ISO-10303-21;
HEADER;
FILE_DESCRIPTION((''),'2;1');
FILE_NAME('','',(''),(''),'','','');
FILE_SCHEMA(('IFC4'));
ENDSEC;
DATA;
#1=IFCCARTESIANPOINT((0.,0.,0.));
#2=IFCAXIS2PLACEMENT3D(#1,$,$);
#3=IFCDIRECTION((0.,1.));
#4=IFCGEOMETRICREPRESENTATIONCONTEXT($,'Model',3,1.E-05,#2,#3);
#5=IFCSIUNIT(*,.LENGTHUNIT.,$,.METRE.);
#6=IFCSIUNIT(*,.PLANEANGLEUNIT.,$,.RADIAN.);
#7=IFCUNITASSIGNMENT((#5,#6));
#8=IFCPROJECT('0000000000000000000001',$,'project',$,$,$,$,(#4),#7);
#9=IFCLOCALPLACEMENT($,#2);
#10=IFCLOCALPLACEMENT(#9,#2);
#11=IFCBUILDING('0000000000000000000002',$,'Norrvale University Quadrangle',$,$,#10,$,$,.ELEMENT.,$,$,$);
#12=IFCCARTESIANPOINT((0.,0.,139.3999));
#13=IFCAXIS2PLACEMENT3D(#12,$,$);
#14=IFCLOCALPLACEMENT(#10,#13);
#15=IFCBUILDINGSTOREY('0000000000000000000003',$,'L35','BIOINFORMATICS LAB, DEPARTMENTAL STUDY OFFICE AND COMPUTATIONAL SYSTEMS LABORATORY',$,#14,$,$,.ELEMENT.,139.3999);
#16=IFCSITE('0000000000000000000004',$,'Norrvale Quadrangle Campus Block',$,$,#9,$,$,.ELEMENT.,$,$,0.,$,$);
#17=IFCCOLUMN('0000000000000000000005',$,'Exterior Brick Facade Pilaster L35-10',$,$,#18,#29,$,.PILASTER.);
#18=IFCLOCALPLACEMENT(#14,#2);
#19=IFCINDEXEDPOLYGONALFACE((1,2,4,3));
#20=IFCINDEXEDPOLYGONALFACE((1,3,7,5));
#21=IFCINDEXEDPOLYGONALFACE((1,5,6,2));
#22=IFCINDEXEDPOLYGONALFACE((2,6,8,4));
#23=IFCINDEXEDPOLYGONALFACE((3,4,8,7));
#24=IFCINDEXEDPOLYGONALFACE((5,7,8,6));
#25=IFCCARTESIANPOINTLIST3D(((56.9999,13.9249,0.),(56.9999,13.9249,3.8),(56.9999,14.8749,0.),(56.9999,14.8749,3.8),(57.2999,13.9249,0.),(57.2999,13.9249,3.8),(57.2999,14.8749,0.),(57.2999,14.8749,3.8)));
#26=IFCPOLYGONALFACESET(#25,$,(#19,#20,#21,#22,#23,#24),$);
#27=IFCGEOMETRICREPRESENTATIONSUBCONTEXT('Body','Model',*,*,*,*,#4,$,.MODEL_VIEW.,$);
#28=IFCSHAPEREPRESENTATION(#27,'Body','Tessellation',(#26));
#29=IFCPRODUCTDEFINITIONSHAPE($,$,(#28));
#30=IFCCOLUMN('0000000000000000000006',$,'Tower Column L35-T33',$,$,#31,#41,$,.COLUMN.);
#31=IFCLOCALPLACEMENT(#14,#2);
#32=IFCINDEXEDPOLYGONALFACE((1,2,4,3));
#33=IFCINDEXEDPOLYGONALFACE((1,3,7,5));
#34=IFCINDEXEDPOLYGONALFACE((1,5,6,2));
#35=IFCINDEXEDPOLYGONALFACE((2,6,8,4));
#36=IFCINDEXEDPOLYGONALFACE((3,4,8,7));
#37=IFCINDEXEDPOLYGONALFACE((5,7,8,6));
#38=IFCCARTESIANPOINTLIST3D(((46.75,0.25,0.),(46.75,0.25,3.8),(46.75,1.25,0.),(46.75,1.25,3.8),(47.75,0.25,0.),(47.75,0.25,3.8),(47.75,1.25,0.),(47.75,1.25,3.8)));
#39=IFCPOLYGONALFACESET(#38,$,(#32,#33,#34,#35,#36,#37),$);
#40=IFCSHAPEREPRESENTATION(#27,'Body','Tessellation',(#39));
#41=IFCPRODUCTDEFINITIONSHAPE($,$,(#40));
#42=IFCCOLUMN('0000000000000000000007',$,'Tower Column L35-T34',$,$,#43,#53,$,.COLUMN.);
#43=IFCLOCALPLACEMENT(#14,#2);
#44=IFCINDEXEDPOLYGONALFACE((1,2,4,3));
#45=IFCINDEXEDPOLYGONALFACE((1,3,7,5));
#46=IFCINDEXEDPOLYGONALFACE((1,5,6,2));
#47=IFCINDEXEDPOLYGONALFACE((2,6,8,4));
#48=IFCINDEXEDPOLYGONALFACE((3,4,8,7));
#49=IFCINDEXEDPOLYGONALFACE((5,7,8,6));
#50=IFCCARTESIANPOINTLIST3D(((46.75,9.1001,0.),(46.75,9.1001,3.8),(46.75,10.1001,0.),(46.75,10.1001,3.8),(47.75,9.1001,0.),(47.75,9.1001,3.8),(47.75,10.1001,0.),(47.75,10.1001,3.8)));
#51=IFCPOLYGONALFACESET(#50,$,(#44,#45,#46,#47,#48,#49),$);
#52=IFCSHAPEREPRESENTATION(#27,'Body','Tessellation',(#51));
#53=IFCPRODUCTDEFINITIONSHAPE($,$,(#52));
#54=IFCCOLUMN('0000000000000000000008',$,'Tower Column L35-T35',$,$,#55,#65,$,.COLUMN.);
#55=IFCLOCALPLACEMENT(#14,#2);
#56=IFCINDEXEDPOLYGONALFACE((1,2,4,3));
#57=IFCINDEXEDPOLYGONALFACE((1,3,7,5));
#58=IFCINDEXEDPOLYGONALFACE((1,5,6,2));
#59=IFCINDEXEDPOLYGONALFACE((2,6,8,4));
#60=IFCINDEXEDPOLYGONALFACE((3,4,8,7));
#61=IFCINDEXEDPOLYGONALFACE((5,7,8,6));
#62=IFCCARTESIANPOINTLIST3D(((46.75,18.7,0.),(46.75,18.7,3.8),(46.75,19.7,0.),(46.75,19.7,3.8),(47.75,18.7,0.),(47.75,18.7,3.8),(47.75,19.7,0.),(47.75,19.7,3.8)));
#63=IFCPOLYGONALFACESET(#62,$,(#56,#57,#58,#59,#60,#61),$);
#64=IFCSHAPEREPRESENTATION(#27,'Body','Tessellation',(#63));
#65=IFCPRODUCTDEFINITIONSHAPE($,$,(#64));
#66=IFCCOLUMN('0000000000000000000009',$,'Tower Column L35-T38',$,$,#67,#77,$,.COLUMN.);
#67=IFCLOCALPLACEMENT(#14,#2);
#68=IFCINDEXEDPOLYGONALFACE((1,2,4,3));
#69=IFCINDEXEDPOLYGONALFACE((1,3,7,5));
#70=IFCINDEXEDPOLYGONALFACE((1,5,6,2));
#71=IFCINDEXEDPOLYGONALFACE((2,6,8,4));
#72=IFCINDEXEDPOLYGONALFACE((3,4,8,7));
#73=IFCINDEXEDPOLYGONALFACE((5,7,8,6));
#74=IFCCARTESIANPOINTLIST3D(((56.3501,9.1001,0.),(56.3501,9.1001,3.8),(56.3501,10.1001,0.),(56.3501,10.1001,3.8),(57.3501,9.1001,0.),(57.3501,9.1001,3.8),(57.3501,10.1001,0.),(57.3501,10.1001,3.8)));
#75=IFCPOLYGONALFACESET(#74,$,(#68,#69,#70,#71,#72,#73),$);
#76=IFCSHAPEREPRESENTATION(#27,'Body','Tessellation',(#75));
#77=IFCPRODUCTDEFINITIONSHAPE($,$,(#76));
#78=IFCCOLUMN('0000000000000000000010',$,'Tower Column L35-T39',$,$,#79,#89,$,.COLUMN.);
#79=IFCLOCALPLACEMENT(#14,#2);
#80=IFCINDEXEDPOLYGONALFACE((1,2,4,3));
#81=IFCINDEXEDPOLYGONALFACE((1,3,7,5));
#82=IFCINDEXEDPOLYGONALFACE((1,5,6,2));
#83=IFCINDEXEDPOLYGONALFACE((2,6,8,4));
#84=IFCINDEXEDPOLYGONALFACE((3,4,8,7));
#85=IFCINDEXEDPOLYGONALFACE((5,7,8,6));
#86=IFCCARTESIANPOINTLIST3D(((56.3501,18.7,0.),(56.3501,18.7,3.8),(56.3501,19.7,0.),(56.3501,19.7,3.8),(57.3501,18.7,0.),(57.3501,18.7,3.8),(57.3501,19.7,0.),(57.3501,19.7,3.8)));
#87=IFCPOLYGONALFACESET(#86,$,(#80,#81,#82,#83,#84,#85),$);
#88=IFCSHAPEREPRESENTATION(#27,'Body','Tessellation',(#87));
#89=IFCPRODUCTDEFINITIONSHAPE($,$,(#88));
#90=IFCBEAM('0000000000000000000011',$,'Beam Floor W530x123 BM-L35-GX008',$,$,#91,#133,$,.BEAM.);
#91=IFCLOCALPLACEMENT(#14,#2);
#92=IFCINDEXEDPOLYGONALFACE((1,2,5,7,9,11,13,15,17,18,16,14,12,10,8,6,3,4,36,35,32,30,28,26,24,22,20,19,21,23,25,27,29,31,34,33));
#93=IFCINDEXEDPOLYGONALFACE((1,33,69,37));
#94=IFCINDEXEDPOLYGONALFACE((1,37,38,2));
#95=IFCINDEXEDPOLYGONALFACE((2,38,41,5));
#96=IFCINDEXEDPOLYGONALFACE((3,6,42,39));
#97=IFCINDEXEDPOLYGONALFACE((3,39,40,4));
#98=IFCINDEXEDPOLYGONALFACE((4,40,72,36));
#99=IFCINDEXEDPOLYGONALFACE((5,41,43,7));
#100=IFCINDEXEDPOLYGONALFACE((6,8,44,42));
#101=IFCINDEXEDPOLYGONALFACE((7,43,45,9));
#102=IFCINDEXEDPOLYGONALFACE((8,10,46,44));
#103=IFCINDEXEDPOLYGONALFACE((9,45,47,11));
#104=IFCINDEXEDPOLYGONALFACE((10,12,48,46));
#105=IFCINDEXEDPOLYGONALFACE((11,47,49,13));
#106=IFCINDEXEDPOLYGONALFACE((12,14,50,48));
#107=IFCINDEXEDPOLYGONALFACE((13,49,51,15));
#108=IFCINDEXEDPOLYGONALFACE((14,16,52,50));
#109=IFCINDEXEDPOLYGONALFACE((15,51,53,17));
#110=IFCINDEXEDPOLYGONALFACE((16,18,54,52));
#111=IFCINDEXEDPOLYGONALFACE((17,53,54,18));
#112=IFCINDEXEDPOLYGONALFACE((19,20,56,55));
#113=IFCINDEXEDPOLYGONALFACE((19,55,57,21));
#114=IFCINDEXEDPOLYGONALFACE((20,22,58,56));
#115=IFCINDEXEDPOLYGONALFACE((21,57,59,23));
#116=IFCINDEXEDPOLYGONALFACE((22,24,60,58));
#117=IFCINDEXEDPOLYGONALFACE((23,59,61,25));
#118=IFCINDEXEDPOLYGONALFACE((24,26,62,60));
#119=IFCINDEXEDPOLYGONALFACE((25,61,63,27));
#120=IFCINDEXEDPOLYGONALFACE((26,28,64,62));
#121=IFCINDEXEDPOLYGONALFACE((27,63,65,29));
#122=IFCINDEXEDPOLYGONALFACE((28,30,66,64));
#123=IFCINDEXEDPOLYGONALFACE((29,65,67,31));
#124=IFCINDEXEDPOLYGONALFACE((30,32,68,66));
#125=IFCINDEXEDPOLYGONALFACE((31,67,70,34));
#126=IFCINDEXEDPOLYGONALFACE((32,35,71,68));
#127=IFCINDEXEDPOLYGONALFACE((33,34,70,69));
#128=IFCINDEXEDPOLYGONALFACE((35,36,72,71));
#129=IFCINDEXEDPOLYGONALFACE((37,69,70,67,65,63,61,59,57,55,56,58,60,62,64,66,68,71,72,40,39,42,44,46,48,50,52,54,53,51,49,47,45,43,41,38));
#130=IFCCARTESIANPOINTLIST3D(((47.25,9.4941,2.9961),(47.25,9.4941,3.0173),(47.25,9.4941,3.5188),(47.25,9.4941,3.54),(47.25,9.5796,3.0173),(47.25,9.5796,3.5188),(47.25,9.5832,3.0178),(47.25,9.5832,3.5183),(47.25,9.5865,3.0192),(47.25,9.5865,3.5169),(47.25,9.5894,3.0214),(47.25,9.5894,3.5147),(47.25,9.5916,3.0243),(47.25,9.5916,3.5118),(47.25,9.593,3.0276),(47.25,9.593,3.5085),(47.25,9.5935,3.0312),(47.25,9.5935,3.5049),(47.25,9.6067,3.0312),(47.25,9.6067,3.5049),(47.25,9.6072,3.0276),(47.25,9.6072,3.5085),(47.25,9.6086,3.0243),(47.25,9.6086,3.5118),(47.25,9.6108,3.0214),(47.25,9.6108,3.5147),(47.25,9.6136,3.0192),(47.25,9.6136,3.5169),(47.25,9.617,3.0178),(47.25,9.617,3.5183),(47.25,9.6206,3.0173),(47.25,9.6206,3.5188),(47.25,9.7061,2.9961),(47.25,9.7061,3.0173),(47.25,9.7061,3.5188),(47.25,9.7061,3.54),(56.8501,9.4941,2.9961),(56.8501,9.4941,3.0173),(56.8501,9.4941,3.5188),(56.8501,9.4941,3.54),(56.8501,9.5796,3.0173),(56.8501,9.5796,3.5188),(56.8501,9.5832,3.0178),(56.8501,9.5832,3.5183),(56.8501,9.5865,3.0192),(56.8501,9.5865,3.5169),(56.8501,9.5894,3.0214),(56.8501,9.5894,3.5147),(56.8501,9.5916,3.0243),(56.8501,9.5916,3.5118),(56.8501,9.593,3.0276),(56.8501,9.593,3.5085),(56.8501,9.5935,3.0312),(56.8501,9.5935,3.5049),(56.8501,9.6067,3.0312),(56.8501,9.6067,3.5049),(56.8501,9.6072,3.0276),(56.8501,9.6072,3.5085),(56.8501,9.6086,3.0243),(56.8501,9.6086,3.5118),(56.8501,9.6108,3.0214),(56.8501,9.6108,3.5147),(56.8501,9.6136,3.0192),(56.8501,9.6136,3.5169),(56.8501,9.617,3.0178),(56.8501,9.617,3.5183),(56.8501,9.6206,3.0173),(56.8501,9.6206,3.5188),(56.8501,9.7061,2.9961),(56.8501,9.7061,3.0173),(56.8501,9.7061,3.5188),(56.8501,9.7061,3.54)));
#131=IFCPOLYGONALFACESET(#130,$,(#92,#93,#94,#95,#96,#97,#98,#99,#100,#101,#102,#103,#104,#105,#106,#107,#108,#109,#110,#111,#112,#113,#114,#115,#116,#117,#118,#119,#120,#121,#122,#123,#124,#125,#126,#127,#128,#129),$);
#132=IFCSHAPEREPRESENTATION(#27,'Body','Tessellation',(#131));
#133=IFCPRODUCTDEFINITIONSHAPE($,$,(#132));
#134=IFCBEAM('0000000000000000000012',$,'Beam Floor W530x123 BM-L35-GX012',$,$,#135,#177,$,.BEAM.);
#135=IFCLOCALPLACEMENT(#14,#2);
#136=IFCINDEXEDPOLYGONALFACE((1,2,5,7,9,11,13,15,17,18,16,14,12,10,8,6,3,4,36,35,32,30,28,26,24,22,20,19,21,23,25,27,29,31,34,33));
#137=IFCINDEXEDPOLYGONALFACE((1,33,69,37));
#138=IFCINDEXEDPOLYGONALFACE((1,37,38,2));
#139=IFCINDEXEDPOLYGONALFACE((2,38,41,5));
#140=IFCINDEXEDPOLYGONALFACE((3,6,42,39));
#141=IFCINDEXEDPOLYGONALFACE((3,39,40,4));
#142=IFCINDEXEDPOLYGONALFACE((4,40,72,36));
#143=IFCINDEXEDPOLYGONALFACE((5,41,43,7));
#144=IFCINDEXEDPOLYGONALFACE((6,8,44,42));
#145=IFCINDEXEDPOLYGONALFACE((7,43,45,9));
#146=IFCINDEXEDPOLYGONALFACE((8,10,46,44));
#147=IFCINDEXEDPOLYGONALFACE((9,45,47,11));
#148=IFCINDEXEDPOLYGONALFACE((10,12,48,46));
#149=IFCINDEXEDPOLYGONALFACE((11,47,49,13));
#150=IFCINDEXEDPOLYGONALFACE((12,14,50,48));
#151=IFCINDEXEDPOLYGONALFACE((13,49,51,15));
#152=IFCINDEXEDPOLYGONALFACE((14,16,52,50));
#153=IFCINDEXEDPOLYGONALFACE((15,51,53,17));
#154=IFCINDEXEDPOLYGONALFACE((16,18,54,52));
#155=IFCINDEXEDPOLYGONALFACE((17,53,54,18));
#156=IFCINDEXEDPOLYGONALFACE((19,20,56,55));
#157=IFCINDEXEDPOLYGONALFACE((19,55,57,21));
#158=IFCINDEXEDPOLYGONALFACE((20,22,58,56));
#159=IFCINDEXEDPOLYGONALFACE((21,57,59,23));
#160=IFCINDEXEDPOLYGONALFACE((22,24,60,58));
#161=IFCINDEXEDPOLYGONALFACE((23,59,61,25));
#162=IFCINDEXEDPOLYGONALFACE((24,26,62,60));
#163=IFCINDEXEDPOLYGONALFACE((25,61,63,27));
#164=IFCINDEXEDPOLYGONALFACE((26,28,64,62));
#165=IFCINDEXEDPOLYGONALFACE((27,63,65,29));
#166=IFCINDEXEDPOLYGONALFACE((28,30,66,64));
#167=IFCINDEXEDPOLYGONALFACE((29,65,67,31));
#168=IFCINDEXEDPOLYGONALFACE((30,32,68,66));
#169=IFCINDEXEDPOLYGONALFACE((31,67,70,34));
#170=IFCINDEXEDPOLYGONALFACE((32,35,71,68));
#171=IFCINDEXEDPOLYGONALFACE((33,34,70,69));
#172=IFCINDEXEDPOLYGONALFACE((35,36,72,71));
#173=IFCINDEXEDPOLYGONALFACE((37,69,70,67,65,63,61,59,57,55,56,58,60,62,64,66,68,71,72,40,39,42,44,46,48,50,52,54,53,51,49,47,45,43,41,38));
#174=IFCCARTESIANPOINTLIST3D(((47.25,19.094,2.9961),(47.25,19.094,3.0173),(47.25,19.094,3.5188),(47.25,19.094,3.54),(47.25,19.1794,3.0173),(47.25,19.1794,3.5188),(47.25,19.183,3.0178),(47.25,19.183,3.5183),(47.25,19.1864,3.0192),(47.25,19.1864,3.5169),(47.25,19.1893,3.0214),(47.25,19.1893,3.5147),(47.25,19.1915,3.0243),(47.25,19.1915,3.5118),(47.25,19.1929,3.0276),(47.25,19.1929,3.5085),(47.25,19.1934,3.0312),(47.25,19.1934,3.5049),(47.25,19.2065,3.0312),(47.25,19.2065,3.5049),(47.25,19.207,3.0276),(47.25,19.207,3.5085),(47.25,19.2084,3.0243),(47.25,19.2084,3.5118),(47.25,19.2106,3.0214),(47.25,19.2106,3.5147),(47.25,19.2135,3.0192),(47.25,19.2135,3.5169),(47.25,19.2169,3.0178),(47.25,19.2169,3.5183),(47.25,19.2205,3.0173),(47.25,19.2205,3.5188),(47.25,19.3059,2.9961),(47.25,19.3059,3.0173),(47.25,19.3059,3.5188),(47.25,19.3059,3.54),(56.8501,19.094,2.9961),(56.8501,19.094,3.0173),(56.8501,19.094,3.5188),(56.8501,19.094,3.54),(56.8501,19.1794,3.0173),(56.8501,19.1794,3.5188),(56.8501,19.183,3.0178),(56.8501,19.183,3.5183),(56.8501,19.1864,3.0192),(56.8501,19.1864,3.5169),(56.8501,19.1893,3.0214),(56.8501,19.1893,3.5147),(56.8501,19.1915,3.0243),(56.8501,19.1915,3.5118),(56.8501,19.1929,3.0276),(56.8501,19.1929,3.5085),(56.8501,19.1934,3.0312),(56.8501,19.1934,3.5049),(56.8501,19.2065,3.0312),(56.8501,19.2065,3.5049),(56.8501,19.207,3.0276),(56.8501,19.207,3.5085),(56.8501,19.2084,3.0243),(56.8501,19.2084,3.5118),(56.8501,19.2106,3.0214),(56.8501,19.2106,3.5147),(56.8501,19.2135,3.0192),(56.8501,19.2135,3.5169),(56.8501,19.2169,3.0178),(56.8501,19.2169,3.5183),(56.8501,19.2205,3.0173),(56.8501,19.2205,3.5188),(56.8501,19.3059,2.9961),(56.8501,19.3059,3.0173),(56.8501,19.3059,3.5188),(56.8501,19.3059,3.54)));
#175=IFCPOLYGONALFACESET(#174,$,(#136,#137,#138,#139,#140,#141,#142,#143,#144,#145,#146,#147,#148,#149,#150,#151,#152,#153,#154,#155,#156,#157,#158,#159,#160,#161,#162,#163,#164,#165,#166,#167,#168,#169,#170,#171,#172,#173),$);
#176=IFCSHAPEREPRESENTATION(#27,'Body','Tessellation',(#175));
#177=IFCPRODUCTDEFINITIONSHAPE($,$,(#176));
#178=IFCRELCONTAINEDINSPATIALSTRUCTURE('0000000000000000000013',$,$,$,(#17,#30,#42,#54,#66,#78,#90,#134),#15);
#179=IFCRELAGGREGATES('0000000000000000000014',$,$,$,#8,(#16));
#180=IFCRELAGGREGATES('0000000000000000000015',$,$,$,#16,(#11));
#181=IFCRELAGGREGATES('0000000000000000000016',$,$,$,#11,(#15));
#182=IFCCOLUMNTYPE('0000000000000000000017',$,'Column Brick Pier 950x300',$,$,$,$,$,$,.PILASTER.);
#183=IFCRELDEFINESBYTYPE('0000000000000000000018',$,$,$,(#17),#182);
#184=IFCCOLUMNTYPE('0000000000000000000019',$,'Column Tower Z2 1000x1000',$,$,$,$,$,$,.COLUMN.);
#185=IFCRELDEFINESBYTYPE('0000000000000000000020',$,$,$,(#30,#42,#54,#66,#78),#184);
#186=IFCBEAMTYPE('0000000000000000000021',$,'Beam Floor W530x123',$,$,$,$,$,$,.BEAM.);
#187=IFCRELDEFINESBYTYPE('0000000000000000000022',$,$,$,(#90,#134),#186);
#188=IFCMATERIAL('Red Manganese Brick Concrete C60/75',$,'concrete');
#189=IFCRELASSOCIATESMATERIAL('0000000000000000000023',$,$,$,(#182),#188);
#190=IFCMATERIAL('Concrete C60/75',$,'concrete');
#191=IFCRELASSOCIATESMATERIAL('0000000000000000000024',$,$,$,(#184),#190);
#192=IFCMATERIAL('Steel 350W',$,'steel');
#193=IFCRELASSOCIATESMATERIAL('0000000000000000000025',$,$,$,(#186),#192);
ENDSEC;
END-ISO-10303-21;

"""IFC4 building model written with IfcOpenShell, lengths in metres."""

from ifc_helpers import new_model, si_unit, direction, frame, origin, origin_2d, place, context, subcontext, project, spatial, rectangle, i_section, extrude, material, material_profile, profile_set, type_object, element, save


model = new_model("IFC4")

# Units and contexts
model_context = context("Model", 3, precision=1e-05, world=origin(), true_north=direction((0.0, 1.0)))
body_context = subcontext(model_context, "Body", "Model", "MODEL_VIEW")
ifc_project = project(units=[si_unit("LENGTHUNIT", "METRE"), si_unit("PLANEANGLEUNIT", "RADIAN")], contexts=[model_context])

# Site, building, storey
site_placement = place(None, origin())
site = spatial("IfcSite", under=ifc_project, at=site_placement, Name="Norrvale Quadrangle Campus Block", CompositionType="ELEMENT", RefElevation=0.0)
building_placement = place(site_placement, origin())
building = spatial("IfcBuilding", under=site, at=building_placement, Name="Norrvale University Quadrangle", CompositionType="ELEMENT")
storey_placement = place(building_placement, frame((0.0, 0.0, 139.3999)))
storey = spatial("IfcBuildingStorey", under=building, at=storey_placement, Name="L35", Description="BIOINFORMATICS LAB, DEPARTMENTAL STUDY OFFICE AND COMPUTATIONAL SYSTEMS LABORATORY", CompositionType="ELEMENT", Elevation=139.3999)

# Columns
ifc_material_1 = material(Name="Red Manganese Brick Concrete C60/75", Category="concrete")
ifc_material_profile_1 = material_profile(ifc_material_1, rectangle(XDim=0.95, YDim=0.3, at=origin_2d()), Name="Red Manganese Brick Concrete C60/75")
ifc_profile_set_1 = profile_set([ifc_material_profile_1], Name="Red Manganese Brick Concrete C60/75")
column_type_1 = type_object("IfcColumnType", Name="Column Brick Pier 950x300", PredefinedType="PILASTER", material=ifc_profile_set_1)
column_placement = place(storey_placement, frame((57.1499, 14.3999, 0.0), z_axis=(0.0, 0.0, 1.0), x_axis=(0.0, 1.0, 0.0)))
element("IfcColumn", 1, at=column_placement, inside=storey, type_object=column_type_1, Name="Exterior Brick Facade Pilaster L35-10", PredefinedType="PILASTER", context=body_context, shape_type="SweptSolid", body=[
    extrude(rectangle(XDim=0.95, YDim=0.3, at=origin_2d()), origin(), (0.0, 0.0, 1.0), 3.8),
])
ifc_material_2 = material(Name="Concrete C60/75", Category="concrete")
ifc_material_profile_2 = material_profile(ifc_material_2, rectangle(XDim=1.0, YDim=1.0, at=origin_2d()), Name="Concrete C60/75")
ifc_profile_set_2 = profile_set([ifc_material_profile_2], Name="Concrete C60/75")
column_type_2 = type_object("IfcColumnType", Name="Column Tower Z2 1000x1000", PredefinedType="COLUMN", material=ifc_profile_set_2)
for number, where, z_axis, x_axis, name in (
    (2, (47.25, 0.75, 0.0), (0.0, 0.0, 1.0), (1.0, 0.0, 0.0), "Tower Column L35-T33"),
    (3, (47.25, 9.6001, 0.0), (0.0, 0.0, 1.0), (1.0, 0.0, 0.0), "Tower Column L35-T34"),
    (4, (47.25, 19.2, 0.0), (0.0, 0.0, 1.0), (1.0, 0.0, 0.0), "Tower Column L35-T35"),
    (5, (56.8501, 9.6001, 0.0), (0.0, 0.0, 1.0), (1.0, 0.0, 0.0), "Tower Column L35-T38"),
    (6, (56.8501, 19.2, 0.0), (0.0, 0.0, 1.0), (1.0, 0.0, 0.0), "Tower Column L35-T39"),
):
    element("IfcColumn", number, at=place(storey_placement, frame(where, z_axis=z_axis, x_axis=x_axis)), inside=storey, type_object=column_type_2, Name=name, PredefinedType="COLUMN", context=body_context, shape_type="SweptSolid", body=[
        extrude(rectangle(XDim=1.0, YDim=1.0, at=origin_2d()), origin(), (0.0, 0.0, 1.0), 3.8),
    ])

# Beams
ifc_material_3 = material(Name="Steel 350W", Category="steel")
ifc_material_profile_3 = material_profile(ifc_material_3, i_section(OverallWidth=0.2119, OverallDepth=0.5439, WebThickness=0.0132, FlangeThickness=0.0212, FilletRadius=0.0139, at=origin_2d()), Name="Steel 350W")
ifc_profile_set_3 = profile_set([ifc_material_profile_3], Name="Steel 350W")
beam_type_1 = type_object("IfcBeamType", Name="Beam Floor W530x123", PredefinedType="BEAM", material=ifc_profile_set_3)
for number, where, z_axis, x_axis, name in (
    (7, (47.25, 9.6001, 3.2681), (1.0, 0.0, 0.0), (0.0, 1.0, 0.0), "Beam Floor W530x123 BM-L35-GX008"),
    (8, (47.25, 19.2, 3.2681), (1.0, 0.0, 0.0), (0.0, 1.0, 0.0), "Beam Floor W530x123 BM-L35-GX012"),
):
    element("IfcBeam", number, at=place(storey_placement, frame(where, z_axis=z_axis, x_axis=x_axis)), inside=storey, type_object=beam_type_1, Name=name, PredefinedType="BEAM", context=body_context, shape_type="SweptSolid", body=[
        extrude(i_section(OverallWidth=0.2119, OverallDepth=0.5439, WebThickness=0.0132, FlangeThickness=0.0212, FilletRadius=0.0139, at=origin_2d()), origin(), (0.0, 0.0, 1.0), 9.6001),
    ])

save(model, "model.ifc")
